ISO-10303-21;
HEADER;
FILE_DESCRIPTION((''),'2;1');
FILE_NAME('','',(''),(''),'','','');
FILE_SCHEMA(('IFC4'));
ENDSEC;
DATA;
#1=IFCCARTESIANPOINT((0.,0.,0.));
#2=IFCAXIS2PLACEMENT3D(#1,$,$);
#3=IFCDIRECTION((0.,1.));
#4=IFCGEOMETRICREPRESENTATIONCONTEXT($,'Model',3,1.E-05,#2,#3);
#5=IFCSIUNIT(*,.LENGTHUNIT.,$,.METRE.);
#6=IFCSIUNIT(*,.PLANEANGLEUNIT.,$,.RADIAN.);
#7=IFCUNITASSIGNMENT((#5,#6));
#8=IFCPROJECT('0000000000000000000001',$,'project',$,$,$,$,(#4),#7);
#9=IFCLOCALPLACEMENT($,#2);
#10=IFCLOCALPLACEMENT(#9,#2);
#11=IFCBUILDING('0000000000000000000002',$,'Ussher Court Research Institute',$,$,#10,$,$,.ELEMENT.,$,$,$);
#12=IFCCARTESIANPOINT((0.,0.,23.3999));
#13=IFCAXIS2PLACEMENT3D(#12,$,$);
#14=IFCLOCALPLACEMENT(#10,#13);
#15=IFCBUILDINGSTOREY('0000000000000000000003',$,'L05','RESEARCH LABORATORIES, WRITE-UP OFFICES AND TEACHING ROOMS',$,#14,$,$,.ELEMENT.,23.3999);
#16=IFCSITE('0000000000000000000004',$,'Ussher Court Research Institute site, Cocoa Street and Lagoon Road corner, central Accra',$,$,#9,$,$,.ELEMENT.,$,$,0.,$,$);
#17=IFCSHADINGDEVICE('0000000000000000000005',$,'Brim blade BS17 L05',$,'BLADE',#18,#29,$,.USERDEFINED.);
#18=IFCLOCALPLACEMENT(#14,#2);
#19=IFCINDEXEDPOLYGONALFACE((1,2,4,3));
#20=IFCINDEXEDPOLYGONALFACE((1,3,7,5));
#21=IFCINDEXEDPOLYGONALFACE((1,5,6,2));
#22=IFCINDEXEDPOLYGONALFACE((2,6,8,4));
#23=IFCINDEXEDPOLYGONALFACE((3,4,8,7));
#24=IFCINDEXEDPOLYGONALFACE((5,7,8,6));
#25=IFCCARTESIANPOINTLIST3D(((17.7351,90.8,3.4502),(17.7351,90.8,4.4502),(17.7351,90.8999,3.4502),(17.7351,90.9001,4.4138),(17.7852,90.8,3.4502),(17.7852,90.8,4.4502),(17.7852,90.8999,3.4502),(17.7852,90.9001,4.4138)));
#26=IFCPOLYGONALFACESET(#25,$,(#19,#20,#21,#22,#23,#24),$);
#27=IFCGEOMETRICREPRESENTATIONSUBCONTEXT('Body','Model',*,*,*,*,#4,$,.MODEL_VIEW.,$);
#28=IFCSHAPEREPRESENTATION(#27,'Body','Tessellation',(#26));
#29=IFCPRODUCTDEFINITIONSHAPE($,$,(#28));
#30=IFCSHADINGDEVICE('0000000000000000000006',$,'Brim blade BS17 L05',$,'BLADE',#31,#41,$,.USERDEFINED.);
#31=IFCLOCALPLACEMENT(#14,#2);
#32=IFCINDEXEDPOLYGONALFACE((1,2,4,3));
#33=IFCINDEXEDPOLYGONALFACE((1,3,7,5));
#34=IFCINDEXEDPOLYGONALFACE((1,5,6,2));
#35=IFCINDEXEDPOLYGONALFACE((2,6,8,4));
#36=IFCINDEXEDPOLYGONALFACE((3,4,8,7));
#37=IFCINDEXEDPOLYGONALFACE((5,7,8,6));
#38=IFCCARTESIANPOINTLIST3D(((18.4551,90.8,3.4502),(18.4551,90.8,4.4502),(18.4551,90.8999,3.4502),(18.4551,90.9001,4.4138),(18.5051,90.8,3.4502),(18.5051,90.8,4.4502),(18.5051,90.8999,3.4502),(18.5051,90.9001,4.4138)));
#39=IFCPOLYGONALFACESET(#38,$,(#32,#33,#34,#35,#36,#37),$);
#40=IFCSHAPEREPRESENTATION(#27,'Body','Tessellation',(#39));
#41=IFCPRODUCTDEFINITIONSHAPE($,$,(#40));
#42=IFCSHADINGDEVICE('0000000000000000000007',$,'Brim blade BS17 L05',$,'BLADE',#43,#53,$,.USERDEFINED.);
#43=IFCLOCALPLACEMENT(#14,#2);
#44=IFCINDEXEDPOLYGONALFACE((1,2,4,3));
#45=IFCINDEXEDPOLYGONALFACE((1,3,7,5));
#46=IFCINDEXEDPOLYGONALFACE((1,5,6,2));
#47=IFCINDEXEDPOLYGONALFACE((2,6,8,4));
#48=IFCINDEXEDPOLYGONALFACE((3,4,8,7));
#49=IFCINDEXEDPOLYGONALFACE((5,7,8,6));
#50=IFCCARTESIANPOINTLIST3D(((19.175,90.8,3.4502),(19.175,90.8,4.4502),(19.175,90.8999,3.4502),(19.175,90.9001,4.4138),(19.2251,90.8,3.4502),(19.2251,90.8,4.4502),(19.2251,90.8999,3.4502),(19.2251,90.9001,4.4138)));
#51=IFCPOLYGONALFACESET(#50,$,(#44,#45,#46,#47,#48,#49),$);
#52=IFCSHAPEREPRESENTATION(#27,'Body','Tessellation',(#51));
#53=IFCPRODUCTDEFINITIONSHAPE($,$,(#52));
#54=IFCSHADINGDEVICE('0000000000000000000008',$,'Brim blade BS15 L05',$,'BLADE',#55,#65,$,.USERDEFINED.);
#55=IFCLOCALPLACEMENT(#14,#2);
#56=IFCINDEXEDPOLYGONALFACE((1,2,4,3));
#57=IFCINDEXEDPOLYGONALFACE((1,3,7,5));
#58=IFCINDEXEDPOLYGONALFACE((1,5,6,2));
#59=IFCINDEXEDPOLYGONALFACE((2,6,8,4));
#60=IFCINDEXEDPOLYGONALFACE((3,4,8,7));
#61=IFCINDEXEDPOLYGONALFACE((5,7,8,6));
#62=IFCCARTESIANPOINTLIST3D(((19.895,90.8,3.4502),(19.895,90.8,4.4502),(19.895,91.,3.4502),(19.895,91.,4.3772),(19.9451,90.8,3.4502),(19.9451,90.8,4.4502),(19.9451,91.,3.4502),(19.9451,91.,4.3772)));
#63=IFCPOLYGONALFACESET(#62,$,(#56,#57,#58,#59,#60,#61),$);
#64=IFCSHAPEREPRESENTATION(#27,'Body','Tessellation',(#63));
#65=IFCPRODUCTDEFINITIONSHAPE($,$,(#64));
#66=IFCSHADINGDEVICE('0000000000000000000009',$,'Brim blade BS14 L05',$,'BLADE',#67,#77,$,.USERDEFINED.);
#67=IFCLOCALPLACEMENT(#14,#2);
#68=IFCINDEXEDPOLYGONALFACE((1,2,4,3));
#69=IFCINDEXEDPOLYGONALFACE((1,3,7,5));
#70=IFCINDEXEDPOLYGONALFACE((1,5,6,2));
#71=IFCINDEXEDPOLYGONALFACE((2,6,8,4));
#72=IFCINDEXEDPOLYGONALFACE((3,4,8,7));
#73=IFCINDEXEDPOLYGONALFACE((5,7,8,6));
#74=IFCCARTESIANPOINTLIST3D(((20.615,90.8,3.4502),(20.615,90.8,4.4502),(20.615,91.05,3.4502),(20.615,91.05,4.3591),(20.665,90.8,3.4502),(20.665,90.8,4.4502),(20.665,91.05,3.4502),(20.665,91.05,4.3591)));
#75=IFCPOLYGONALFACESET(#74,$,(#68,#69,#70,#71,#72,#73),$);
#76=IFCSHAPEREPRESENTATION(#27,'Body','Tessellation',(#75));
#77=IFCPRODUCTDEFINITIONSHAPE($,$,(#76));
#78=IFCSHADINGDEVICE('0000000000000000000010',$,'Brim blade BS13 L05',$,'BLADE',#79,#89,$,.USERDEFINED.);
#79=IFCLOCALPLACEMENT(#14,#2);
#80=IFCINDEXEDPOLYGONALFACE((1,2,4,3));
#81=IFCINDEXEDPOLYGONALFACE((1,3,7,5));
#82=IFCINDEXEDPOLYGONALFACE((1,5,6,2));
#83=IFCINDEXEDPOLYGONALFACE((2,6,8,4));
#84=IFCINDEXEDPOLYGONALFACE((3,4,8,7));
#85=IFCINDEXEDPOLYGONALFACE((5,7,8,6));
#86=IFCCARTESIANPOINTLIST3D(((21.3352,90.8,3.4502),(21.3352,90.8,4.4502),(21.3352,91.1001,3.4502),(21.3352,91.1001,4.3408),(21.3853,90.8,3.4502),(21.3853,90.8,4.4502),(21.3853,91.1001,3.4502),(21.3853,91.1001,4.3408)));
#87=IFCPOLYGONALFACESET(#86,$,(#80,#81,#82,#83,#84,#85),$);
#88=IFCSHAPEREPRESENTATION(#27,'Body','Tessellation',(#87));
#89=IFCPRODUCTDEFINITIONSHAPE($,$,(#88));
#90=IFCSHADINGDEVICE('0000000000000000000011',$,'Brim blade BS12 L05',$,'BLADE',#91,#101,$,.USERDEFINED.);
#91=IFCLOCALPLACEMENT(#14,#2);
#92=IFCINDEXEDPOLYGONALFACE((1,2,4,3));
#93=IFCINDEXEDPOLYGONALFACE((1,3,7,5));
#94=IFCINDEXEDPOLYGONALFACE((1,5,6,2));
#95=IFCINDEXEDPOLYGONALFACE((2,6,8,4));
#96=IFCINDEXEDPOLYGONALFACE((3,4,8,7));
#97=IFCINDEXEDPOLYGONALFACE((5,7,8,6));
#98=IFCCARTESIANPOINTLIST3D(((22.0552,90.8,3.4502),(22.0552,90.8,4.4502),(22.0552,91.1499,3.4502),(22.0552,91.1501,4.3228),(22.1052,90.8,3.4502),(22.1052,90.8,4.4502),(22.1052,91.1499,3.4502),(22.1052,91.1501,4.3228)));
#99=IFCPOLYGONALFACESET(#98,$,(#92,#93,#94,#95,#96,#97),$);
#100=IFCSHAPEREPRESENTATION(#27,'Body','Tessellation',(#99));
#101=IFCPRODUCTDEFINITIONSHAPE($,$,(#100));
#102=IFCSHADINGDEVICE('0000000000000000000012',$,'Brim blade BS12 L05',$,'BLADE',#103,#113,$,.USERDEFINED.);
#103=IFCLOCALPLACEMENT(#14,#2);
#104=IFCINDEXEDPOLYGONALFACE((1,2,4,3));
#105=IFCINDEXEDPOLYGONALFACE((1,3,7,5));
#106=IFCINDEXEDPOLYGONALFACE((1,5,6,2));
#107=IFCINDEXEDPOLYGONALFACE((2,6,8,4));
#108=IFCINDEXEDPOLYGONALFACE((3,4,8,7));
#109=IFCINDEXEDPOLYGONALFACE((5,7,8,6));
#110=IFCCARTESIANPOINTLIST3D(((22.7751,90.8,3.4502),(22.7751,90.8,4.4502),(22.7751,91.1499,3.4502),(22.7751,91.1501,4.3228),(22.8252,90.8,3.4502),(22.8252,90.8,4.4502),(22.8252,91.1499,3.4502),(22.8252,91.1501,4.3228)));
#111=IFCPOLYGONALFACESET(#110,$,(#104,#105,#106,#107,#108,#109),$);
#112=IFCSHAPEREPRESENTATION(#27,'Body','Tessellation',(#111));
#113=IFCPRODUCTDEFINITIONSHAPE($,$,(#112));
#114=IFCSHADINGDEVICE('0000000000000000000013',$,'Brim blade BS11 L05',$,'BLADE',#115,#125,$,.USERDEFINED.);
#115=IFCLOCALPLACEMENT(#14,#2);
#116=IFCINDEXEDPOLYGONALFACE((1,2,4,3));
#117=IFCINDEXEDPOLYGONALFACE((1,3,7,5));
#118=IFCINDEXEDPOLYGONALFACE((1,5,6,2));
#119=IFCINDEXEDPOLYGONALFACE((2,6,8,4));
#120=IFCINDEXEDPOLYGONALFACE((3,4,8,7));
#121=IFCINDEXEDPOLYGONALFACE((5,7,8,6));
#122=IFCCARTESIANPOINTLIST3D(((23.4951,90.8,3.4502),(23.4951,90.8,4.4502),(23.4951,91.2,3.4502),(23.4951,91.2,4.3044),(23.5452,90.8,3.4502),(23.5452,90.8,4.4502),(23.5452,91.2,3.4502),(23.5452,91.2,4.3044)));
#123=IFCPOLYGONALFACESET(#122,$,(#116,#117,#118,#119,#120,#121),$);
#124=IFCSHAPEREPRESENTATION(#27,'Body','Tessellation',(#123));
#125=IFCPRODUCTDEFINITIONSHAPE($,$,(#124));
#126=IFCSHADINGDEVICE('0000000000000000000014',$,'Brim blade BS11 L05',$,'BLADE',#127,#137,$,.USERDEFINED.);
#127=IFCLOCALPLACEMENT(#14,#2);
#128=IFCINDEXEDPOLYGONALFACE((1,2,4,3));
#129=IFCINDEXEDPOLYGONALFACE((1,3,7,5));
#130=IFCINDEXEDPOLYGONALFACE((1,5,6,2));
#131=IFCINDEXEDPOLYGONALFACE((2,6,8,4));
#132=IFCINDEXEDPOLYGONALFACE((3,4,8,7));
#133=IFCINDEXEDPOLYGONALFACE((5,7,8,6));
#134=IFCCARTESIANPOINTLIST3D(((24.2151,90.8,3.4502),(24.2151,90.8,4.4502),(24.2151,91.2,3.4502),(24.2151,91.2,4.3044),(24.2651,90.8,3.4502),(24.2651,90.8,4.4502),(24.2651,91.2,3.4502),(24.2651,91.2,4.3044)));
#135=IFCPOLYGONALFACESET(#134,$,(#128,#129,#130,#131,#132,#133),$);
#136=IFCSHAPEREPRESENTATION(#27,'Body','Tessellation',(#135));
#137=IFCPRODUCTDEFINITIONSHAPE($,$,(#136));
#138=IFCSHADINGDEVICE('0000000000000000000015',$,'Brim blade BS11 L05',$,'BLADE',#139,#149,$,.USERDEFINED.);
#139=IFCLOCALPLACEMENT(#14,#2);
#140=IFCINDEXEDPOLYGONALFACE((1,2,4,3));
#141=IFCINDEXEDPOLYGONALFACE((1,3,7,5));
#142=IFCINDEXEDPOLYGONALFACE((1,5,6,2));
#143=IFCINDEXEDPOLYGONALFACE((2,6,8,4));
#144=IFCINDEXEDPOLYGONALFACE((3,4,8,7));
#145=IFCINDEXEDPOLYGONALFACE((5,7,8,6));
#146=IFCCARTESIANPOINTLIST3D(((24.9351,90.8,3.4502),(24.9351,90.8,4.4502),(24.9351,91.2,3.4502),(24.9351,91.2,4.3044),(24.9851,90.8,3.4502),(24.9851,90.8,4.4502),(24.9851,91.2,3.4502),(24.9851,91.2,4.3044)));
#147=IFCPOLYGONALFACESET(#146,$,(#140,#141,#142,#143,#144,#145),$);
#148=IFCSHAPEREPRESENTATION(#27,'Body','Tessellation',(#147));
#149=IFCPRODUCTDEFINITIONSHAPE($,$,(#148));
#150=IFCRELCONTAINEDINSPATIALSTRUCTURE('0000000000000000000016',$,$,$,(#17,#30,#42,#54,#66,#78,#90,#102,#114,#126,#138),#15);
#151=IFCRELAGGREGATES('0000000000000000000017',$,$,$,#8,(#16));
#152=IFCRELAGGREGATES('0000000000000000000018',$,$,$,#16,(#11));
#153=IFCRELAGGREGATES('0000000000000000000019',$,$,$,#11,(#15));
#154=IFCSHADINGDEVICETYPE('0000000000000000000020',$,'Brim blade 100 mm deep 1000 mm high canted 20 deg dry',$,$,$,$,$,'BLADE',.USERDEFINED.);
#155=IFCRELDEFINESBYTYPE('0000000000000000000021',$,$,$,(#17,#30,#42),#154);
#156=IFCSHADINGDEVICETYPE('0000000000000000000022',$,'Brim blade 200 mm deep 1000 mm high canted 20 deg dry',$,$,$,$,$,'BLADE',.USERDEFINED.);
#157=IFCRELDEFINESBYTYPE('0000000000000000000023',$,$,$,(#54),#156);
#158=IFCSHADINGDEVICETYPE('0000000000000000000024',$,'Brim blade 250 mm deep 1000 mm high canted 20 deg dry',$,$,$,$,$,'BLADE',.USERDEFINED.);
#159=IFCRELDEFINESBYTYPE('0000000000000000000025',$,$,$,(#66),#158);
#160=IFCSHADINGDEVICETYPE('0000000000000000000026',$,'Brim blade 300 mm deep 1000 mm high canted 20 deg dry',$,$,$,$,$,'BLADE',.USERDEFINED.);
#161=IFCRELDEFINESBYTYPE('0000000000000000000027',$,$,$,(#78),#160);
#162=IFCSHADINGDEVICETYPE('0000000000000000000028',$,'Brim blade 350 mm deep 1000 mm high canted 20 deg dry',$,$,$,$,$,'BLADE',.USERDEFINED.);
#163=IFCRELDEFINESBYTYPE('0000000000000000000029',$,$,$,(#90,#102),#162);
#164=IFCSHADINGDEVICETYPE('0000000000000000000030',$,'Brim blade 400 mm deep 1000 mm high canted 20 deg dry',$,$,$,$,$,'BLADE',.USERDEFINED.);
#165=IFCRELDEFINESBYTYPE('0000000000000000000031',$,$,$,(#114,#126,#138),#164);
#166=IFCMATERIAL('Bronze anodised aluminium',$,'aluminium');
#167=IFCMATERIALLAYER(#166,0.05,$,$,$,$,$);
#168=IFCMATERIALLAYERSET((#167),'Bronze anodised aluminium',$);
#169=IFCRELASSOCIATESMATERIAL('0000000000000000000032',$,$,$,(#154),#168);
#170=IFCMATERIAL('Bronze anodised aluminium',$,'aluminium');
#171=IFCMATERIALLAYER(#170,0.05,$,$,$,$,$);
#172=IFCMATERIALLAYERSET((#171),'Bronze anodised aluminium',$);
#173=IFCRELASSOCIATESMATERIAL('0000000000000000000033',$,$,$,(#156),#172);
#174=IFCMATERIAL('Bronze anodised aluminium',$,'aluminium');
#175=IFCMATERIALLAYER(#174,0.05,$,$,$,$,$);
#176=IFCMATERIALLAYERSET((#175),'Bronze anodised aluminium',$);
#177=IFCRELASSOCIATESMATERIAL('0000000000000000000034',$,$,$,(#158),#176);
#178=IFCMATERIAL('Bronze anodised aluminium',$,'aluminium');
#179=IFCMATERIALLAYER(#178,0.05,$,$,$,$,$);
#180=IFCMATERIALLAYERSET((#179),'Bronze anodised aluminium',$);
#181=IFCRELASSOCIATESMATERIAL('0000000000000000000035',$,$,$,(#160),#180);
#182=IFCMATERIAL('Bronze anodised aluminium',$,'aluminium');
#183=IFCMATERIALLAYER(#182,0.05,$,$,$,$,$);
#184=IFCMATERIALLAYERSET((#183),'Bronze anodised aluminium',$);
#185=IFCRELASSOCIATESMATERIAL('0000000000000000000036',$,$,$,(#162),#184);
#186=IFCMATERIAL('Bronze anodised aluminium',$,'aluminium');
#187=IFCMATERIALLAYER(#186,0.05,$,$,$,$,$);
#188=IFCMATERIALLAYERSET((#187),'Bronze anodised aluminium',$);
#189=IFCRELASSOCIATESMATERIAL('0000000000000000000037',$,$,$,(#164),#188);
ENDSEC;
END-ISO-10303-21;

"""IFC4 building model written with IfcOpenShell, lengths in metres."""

from ifc_helpers import new_model, si_unit, direction, frame, origin, place, context, subcontext, project, spatial, polyline, outline, extrude, material, layer, layer_set, type_object, element, save


model = new_model("IFC4")

# Units and contexts
model_context = context("Model", 3, precision=1e-05, world=origin(), true_north=direction((0.0, 1.0)))
body_context = subcontext(model_context, "Body", "Model", "MODEL_VIEW")
ifc_project = project(units=[si_unit("LENGTHUNIT", "METRE"), si_unit("PLANEANGLEUNIT", "RADIAN")], contexts=[model_context])

# Site, building, storey
site_placement = place(None, origin())
site = spatial("IfcSite", under=ifc_project, at=site_placement, Name="Ussher Court Research Institute site, Cocoa Street and Lagoon Road corner, central Accra", CompositionType="ELEMENT", RefElevation=0.0)
building_placement = place(site_placement, origin())
building = spatial("IfcBuilding", under=site, at=building_placement, Name="Ussher Court Research Institute", CompositionType="ELEMENT")
storey_placement = place(building_placement, frame((0.0, 0.0, 23.3999)))
storey = spatial("IfcBuildingStorey", under=building, at=storey_placement, Name="L05", Description="RESEARCH LABORATORIES, WRITE-UP OFFICES AND TEACHING ROOMS", CompositionType="ELEMENT", Elevation=23.3999)

# Shading devices
ifc_material_1 = material(Name="Bronze anodised aluminium", Category="aluminium")
ifc_layer_1 = layer(ifc_material_1, 0.05)
ifc_layer_set_1 = layer_set([ifc_layer_1], Name="Bronze anodised aluminium")
shading_device_type_1 = type_object("IfcShadingDeviceType", Name="Brim blade 100 mm deep 1000 mm high canted 20 deg dry", ElementType="BLADE", PredefinedType="USERDEFINED", material=ifc_layer_set_1)
for number, where, z_axis, x_axis, name in (
    (1, (17.76, 90.8, 3.4502), (0.0, 0.0, 1.0), (0.0, 1.0, 0.0), "Brim blade BS17 L05"),
    (2, (18.48, 90.8, 3.4502), (0.0, 0.0, 1.0), (0.0, 1.0, 0.0), "Brim blade BS17 L05"),
    (3, (19.2, 90.8, 3.4502), (0.0, 0.0, 1.0), (0.0, 1.0, 0.0), "Brim blade BS17 L05"),
):
    element("IfcShadingDevice", number, at=place(storey_placement, frame(where, z_axis=z_axis, x_axis=x_axis)), inside=storey, type_object=shading_device_type_1, Name=name, ObjectType="BLADE", PredefinedType="USERDEFINED", context=body_context, shape_type="SweptSolid", body=[
        extrude(outline(polyline([(0.0, 0.0), (0.0999, 0.0), (0.1001, 0.9636), (0.0, 1.0), (0.0, 0.0)])), frame((0.0, 0.0249, 0.0), z_axis=(0.0, -1.0, 0.0), x_axis=(1.0, 0.0, 0.0)), (0.0, 0.0, 1.0), 0.05),
    ])
ifc_material_2 = material(Name="Bronze anodised aluminium", Category="aluminium")
ifc_layer_2 = layer(ifc_material_2, 0.05)
ifc_layer_set_2 = layer_set([ifc_layer_2], Name="Bronze anodised aluminium")
shading_device_type_2 = type_object("IfcShadingDeviceType", Name="Brim blade 200 mm deep 1000 mm high canted 20 deg dry", ElementType="BLADE", PredefinedType="USERDEFINED", material=ifc_layer_set_2)
shading_device_1_placement = place(storey_placement, frame((19.9199, 90.8, 3.4502), z_axis=(0.0, 0.0, 1.0), x_axis=(0.0, 1.0, 0.0)))
element("IfcShadingDevice", 4, at=shading_device_1_placement, inside=storey, type_object=shading_device_type_2, Name="Brim blade BS15 L05", ObjectType="BLADE", PredefinedType="USERDEFINED", context=body_context, shape_type="SweptSolid", body=[
    extrude(outline(polyline([(0.0, 0.0), (0.2, 0.0), (0.2, 0.927), (0.0, 1.0), (0.0, 0.0)])), frame((0.0, 0.0249, 0.0), z_axis=(0.0, -1.0, 0.0), x_axis=(1.0, 0.0, 0.0)), (0.0, 0.0, 1.0), 0.05),
])
ifc_material_3 = material(Name="Bronze anodised aluminium", Category="aluminium")
ifc_layer_3 = layer(ifc_material_3, 0.05)
ifc_layer_set_3 = layer_set([ifc_layer_3], Name="Bronze anodised aluminium")
shading_device_type_3 = type_object("IfcShadingDeviceType", Name="Brim blade 250 mm deep 1000 mm high canted 20 deg dry", ElementType="BLADE", PredefinedType="USERDEFINED", material=ifc_layer_set_3)
shading_device_2_placement = place(storey_placement, frame((20.6399, 90.8, 3.4502), z_axis=(0.0, 0.0, 1.0), x_axis=(0.0, 1.0, 0.0)))
element("IfcShadingDevice", 5, at=shading_device_2_placement, inside=storey, type_object=shading_device_type_3, Name="Brim blade BS14 L05", ObjectType="BLADE", PredefinedType="USERDEFINED", context=body_context, shape_type="SweptSolid", body=[
    extrude(outline(polyline([(0.0, 0.0), (0.25, 0.0), (0.25, 0.9089), (0.0, 1.0), (0.0, 0.0)])), frame((0.0, 0.0249, 0.0), z_axis=(0.0, -1.0, 0.0), x_axis=(1.0, 0.0, 0.0)), (0.0, 0.0, 1.0), 0.05),
])
ifc_material_4 = material(Name="Bronze anodised aluminium", Category="aluminium")
ifc_layer_4 = layer(ifc_material_4, 0.05)
ifc_layer_set_4 = layer_set([ifc_layer_4], Name="Bronze anodised aluminium")
shading_device_type_4 = type_object("IfcShadingDeviceType", Name="Brim blade 300 mm deep 1000 mm high canted 20 deg dry", ElementType="BLADE", PredefinedType="USERDEFINED", material=ifc_layer_set_4)
shading_device_3_placement = place(storey_placement, frame((21.3601, 90.8, 3.4502), z_axis=(0.0, 0.0, 1.0), x_axis=(0.0, 1.0, 0.0)))
element("IfcShadingDevice", 6, at=shading_device_3_placement, inside=storey, type_object=shading_device_type_4, Name="Brim blade BS13 L05", ObjectType="BLADE", PredefinedType="USERDEFINED", context=body_context, shape_type="SweptSolid", body=[
    extrude(outline(polyline([(0.0, 0.0), (0.3, 0.0), (0.3, 0.8906), (0.0, 1.0), (0.0, 0.0)])), frame((0.0, 0.0249, 0.0), z_axis=(0.0, -1.0, 0.0), x_axis=(1.0, 0.0, 0.0)), (0.0, 0.0, 1.0), 0.05),
])
ifc_material_5 = material(Name="Bronze anodised aluminium", Category="aluminium")
ifc_layer_5 = layer(ifc_material_5, 0.05)
ifc_layer_set_5 = layer_set([ifc_layer_5], Name="Bronze anodised aluminium")
shading_device_type_5 = type_object("IfcShadingDeviceType", Name="Brim blade 350 mm deep 1000 mm high canted 20 deg dry", ElementType="BLADE", PredefinedType="USERDEFINED", material=ifc_layer_set_5)
for number, where, z_axis, x_axis, name in (
    (7, (22.0801, 90.8, 3.4502), (0.0, 0.0, 1.0), (0.0, 1.0, 0.0), "Brim blade BS12 L05"),
    (8, (22.8, 90.8, 3.4502), (0.0, 0.0, 1.0), (0.0, 1.0, 0.0), "Brim blade BS12 L05"),
):
    element("IfcShadingDevice", number, at=place(storey_placement, frame(where, z_axis=z_axis, x_axis=x_axis)), inside=storey, type_object=shading_device_type_5, Name=name, ObjectType="BLADE", PredefinedType="USERDEFINED", context=body_context, shape_type="SweptSolid", body=[
        extrude(outline(polyline([(0.0, 0.0), (0.3499, 0.0), (0.3501, 0.8726), (0.0, 1.0), (0.0, 0.0)])), frame((0.0, 0.0249, 0.0), z_axis=(0.0, -1.0, 0.0), x_axis=(1.0, 0.0, 0.0)), (0.0, 0.0, 1.0), 0.05),
    ])
ifc_material_6 = material(Name="Bronze anodised aluminium", Category="aluminium")
ifc_layer_6 = layer(ifc_material_6, 0.05)
ifc_layer_set_6 = layer_set([ifc_layer_6], Name="Bronze anodised aluminium")
shading_device_type_6 = type_object("IfcShadingDeviceType", Name="Brim blade 400 mm deep 1000 mm high canted 20 deg dry", ElementType="BLADE", PredefinedType="USERDEFINED", material=ifc_layer_set_6)
for number, where, z_axis, x_axis, name in (
    (9, (23.52, 90.8, 3.4502), (0.0, 0.0, 1.0), (0.0, 1.0, 0.0), "Brim blade BS11 L05"),
    (10, (24.24, 90.8, 3.4502), (0.0, 0.0, 1.0), (0.0, 1.0, 0.0), "Brim blade BS11 L05"),
    (11, (24.96, 90.8, 3.4502), (0.0, 0.0, 1.0), (0.0, 1.0, 0.0), "Brim blade BS11 L05"),
):
    element("IfcShadingDevice", number, at=place(storey_placement, frame(where, z_axis=z_axis, x_axis=x_axis)), inside=storey, type_object=shading_device_type_6, Name=name, ObjectType="BLADE", PredefinedType="USERDEFINED", context=body_context, shape_type="SweptSolid", body=[
        extrude(outline(polyline([(0.0, 0.0), (0.3999, 0.0), (0.3999, 0.8542), (0.0, 1.0), (0.0, 0.0)])), frame((0.0, 0.0249, 0.0), z_axis=(0.0, -1.0, 0.0), x_axis=(1.0, 0.0, 0.0)), (0.0, 0.0, 1.0), 0.05),
    ])

save(model, "model.ifc")
